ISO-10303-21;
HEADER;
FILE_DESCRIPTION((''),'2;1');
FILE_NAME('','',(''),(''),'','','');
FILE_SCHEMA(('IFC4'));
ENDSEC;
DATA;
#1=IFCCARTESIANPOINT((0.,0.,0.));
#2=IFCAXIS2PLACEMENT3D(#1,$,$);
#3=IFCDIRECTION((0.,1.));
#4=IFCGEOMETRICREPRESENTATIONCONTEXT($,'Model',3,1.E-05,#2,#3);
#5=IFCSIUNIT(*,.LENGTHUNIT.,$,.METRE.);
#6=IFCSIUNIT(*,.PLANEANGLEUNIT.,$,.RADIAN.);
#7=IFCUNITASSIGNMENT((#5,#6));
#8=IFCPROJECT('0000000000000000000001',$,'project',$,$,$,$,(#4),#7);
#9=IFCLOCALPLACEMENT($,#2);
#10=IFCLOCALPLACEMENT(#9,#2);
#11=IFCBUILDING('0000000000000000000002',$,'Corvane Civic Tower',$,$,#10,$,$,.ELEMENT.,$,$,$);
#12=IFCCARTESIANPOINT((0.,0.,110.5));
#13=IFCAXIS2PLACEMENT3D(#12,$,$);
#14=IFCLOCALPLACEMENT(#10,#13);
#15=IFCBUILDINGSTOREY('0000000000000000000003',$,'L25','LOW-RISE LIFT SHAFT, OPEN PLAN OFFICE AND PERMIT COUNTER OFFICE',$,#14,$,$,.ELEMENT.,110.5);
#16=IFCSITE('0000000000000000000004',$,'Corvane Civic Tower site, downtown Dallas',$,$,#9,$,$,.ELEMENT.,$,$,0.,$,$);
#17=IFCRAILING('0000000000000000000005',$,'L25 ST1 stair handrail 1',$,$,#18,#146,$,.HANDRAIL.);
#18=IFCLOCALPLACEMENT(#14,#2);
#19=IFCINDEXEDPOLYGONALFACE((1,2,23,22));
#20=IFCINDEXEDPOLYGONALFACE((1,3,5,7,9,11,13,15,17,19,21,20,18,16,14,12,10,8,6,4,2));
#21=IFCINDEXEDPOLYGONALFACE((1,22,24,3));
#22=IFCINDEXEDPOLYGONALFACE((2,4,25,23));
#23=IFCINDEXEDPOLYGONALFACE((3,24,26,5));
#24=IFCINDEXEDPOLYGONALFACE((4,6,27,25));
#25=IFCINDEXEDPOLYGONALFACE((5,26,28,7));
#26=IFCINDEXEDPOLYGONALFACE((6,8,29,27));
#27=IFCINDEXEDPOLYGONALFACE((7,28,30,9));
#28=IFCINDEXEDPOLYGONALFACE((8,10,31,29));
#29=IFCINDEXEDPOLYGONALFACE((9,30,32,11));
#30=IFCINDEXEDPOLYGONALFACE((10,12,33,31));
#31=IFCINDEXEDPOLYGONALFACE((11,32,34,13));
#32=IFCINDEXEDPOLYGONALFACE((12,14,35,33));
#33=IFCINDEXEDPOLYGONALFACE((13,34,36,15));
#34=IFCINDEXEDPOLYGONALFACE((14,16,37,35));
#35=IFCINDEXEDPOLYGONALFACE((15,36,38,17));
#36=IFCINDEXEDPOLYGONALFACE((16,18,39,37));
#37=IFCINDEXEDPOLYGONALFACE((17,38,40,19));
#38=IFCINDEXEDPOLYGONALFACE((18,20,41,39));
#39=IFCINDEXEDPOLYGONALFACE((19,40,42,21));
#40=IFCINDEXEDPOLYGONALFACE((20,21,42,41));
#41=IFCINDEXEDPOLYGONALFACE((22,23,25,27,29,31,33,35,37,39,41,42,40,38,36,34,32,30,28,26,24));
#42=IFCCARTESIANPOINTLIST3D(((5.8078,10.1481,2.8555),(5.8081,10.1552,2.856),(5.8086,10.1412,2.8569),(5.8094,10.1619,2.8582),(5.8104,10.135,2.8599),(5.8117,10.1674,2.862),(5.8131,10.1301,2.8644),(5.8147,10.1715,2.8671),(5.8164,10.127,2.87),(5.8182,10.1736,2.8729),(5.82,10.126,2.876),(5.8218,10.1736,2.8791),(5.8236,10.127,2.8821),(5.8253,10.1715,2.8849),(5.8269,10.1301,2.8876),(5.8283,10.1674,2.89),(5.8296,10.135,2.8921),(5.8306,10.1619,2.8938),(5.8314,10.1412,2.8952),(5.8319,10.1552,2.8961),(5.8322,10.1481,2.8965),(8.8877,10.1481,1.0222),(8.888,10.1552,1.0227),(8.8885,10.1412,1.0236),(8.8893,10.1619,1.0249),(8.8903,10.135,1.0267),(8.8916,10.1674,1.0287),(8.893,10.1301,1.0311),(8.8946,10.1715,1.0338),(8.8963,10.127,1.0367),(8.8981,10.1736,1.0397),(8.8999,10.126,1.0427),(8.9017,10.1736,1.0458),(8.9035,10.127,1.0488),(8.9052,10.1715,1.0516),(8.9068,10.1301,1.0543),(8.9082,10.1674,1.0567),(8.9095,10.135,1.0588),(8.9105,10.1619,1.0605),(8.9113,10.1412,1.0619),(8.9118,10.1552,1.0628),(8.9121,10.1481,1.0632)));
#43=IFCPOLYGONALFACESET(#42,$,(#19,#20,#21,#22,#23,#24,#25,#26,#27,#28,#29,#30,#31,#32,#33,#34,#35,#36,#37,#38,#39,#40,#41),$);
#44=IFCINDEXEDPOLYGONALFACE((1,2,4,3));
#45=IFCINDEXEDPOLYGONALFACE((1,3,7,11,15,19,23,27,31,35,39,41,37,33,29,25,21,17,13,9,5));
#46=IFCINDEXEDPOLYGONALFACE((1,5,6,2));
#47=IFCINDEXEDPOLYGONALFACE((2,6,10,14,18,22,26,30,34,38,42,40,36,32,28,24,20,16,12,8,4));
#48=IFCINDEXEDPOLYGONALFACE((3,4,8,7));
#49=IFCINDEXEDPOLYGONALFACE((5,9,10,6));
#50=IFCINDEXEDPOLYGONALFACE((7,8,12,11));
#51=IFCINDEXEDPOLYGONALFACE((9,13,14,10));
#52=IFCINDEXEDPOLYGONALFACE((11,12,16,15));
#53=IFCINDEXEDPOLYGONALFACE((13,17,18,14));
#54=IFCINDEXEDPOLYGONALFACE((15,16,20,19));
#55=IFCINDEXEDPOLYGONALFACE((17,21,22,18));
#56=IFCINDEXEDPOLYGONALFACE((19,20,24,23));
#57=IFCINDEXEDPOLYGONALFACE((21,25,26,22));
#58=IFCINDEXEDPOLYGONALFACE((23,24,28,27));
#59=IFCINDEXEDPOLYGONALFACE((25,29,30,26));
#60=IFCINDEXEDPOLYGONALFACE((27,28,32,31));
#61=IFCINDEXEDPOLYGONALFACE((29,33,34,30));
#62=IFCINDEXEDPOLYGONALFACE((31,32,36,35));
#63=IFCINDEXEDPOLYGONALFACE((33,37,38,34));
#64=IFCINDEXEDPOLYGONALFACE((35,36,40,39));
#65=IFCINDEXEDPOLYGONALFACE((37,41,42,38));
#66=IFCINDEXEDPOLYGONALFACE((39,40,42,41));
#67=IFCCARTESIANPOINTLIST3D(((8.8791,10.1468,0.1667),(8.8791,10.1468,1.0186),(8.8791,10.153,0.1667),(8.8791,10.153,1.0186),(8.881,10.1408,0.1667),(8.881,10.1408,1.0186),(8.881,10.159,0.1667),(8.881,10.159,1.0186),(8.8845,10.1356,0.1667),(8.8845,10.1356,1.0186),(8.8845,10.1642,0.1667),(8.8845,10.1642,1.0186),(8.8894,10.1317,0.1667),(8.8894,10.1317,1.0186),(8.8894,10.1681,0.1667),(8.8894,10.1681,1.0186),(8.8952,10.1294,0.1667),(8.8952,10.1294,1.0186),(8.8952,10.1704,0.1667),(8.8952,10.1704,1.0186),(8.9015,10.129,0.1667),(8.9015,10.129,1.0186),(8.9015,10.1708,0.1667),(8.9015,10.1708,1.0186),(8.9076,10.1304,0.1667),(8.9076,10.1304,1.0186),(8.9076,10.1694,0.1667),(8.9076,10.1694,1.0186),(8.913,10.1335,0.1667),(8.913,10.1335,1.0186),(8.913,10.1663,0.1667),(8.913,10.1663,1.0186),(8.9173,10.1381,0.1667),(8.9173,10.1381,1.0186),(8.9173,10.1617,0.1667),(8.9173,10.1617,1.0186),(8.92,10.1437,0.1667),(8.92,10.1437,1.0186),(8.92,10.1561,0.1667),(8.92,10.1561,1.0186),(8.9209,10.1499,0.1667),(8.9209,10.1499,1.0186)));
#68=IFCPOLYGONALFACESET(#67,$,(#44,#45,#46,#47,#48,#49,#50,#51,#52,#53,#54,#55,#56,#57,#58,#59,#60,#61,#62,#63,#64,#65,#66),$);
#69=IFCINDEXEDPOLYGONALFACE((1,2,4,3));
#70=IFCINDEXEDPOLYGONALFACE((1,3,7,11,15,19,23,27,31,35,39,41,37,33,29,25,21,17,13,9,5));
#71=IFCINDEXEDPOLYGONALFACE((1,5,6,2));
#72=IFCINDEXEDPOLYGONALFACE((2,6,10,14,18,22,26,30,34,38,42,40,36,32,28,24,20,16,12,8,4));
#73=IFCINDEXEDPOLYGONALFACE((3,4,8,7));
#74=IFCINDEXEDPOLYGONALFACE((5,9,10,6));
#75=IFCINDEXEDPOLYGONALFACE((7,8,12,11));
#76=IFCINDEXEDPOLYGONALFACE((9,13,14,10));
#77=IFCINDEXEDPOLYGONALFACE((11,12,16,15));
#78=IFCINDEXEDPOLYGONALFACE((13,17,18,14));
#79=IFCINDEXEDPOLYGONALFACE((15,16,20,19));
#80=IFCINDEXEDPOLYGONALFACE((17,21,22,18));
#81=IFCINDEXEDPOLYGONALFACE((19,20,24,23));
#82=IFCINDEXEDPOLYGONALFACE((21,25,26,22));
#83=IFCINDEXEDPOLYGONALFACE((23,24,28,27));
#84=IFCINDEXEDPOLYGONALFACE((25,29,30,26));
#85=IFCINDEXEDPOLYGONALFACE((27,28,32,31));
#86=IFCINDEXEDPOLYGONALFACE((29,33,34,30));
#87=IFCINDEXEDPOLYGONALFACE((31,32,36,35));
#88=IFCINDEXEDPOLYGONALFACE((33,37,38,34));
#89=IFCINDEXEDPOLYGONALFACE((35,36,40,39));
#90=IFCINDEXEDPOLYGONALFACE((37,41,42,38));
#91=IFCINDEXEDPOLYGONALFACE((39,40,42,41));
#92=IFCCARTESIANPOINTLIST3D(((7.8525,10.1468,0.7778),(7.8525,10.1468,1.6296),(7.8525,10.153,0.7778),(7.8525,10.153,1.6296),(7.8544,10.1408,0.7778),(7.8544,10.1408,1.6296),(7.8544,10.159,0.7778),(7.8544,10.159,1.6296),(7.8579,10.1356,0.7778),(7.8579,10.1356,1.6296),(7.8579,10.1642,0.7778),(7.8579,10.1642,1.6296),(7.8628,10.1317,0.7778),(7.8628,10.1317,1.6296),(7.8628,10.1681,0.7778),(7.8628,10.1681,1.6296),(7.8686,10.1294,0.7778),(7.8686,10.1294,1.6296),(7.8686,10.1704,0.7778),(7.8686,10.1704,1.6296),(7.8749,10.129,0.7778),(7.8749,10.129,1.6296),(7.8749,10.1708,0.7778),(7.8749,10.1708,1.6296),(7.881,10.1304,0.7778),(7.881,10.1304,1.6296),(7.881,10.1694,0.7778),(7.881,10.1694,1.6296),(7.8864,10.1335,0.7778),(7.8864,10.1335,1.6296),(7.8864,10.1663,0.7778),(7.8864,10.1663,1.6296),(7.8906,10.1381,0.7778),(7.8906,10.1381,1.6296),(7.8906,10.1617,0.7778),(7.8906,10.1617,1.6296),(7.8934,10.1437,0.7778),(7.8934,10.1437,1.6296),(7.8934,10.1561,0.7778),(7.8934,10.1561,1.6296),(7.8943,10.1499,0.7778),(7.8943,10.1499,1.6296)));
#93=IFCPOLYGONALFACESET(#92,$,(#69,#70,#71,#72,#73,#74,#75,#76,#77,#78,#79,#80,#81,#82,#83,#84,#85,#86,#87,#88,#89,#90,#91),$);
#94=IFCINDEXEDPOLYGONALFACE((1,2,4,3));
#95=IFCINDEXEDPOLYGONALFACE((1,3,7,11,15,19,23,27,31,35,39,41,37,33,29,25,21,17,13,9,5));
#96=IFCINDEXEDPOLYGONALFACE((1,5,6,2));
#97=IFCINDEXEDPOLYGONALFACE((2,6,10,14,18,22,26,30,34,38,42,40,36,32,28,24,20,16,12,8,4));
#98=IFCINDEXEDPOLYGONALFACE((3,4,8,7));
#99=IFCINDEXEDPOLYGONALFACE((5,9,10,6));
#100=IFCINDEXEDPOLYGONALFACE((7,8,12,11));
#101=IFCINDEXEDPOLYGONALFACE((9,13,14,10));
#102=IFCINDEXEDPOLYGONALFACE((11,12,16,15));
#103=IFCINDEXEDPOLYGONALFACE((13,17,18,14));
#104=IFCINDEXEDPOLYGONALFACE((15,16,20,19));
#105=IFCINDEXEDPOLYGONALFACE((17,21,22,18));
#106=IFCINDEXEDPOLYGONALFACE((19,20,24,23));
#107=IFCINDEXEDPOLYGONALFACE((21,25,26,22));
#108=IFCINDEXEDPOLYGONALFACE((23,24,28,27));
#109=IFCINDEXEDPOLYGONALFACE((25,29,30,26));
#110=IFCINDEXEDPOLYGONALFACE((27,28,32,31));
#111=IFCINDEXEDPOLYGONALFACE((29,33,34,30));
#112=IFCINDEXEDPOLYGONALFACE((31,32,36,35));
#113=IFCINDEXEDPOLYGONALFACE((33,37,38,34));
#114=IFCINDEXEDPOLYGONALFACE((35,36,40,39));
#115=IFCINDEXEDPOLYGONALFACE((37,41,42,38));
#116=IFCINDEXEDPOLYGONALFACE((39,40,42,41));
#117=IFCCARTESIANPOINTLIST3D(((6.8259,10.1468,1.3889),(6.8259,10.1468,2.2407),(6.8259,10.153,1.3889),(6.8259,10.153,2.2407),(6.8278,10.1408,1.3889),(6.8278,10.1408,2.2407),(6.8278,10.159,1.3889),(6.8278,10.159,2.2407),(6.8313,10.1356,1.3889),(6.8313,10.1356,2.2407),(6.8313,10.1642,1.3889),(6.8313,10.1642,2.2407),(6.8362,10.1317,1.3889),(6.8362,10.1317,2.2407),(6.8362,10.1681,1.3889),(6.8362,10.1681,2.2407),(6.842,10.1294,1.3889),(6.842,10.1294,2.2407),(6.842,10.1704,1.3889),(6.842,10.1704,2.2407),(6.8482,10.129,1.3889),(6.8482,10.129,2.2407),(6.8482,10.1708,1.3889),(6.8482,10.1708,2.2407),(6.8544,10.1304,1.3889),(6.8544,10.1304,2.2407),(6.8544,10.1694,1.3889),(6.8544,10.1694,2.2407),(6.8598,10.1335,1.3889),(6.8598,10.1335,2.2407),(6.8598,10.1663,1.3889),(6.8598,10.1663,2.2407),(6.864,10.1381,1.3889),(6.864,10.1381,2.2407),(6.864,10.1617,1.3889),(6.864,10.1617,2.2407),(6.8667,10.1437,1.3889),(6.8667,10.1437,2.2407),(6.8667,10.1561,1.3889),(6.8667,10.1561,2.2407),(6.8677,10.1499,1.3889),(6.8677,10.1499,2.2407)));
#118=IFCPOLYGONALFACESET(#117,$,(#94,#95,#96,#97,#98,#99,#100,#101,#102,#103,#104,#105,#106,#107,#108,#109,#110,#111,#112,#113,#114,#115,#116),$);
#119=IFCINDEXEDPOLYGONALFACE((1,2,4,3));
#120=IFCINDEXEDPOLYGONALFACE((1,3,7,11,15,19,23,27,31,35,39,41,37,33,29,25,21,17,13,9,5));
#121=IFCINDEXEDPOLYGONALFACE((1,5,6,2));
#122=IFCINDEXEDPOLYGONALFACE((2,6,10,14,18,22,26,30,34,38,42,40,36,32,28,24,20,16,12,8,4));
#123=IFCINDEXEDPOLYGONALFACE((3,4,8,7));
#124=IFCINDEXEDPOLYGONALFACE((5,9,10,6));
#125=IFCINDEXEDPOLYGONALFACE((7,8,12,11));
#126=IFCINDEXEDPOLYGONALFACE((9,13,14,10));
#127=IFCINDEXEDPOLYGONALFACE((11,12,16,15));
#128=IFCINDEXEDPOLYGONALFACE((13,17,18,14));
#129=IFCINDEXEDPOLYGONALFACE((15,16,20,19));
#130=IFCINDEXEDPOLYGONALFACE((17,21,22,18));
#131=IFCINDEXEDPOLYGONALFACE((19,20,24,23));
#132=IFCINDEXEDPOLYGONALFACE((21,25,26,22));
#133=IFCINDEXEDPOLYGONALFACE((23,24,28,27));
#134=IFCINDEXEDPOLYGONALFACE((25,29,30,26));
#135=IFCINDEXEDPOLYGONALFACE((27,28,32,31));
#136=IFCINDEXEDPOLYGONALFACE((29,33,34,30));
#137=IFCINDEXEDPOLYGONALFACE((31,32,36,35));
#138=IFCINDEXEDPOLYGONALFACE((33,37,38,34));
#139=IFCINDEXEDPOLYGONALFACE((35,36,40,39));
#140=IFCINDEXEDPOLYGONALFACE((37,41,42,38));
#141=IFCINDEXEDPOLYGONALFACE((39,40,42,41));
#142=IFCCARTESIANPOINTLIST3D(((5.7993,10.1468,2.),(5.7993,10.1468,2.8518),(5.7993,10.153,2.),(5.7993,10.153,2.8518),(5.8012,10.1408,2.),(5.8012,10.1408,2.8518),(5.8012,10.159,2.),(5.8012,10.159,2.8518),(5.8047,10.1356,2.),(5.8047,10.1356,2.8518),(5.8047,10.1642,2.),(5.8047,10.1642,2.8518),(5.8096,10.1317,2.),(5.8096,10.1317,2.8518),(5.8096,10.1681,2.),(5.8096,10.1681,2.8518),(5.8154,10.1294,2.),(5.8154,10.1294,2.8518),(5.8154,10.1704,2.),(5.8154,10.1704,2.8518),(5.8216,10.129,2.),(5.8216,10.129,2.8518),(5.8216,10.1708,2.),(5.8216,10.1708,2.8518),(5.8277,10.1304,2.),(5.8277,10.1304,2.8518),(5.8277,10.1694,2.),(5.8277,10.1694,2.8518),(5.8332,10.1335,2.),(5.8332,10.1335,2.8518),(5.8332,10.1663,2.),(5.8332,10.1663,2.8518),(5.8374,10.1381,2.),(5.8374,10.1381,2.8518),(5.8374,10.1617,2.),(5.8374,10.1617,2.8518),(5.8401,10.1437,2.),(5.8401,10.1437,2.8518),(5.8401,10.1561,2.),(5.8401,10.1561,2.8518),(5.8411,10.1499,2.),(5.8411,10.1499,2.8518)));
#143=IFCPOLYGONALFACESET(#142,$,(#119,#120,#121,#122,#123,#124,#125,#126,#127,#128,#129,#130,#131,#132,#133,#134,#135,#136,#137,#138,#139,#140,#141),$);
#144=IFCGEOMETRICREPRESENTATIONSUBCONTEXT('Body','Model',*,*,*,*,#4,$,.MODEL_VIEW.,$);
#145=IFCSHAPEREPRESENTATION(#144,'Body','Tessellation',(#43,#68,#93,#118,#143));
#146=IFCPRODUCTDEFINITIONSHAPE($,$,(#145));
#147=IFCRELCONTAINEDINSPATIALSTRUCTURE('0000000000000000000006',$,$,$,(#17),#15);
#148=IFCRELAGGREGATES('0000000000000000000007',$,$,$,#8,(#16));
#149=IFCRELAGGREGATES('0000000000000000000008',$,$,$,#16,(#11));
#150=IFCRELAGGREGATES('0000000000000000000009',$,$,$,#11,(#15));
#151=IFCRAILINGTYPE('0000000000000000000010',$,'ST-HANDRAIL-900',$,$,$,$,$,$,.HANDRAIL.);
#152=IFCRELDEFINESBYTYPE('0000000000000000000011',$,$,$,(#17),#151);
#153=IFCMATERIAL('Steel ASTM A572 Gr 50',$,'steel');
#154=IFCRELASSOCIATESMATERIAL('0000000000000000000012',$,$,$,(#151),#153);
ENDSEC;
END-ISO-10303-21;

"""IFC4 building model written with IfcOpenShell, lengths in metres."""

from ifc_helpers import new_model, si_unit, direction, frame, origin, origin_2d, place, context, subcontext, project, spatial, circle, extrude, material, type_object, element, save


model = new_model("IFC4")

# Units and contexts
model_context = context("Model", 3, precision=1e-05, world=origin(), true_north=direction((0.0, 1.0)))
body_context = subcontext(model_context, "Body", "Model", "MODEL_VIEW")
ifc_project = project(units=[si_unit("LENGTHUNIT", "METRE"), si_unit("PLANEANGLEUNIT", "RADIAN")], contexts=[model_context])

# Site, building, storey
site_placement = place(None, origin())
site = spatial("IfcSite", under=ifc_project, at=site_placement, Name="Corvane Civic Tower site, downtown Dallas", CompositionType="ELEMENT", RefElevation=0.0)
building_placement = place(site_placement, origin())
building = spatial("IfcBuilding", under=site, at=building_placement, Name="Corvane Civic Tower", CompositionType="ELEMENT")
storey_placement = place(building_placement, frame((0.0, 0.0, 110.5)))
storey = spatial("IfcBuildingStorey", under=building, at=storey_placement, Name="L25", Description="LOW-RISE LIFT SHAFT, OPEN PLAN OFFICE AND PERMIT COUNTER OFFICE", CompositionType="ELEMENT", Elevation=110.5)

# Railing
ifc_material_1 = material(Name="Steel ASTM A572 Gr 50", Category="steel")
railing_type_1 = type_object("IfcRailingType", Name="ST-HANDRAIL-900", PredefinedType="HANDRAIL", material=ifc_material_1)
railing_1_placement = place(storey_placement, frame((8.8999, 10.1499, 0.1667)))
element("IfcRailing", 1, at=railing_1_placement, inside=storey, type_object=railing_type_1, Name="L25 ST1 stair handrail 1", PredefinedType="HANDRAIL", context=body_context, shape_type="SweptSolid", body=[
    extrude(circle(Radius=0.0239, at=origin_2d()), frame((0.0, 0.0, 0.876), z_axis=(-0.859291, 0.0, 0.511487), x_axis=(0.0, -1.0, 0.0)), (0.0, 0.0, 1.0), 3.5842),
    extrude(circle(Radius=0.021, at=origin_2d()), origin(), (0.0, 0.0, 1.0), 0.8518),
    extrude(circle(Radius=0.021, at=origin_2d()), frame((-1.0266, 0.0, 0.6111)), (0.0, 0.0, 1.0), 0.8518),
    extrude(circle(Radius=0.021, at=origin_2d()), frame((-2.0532, 0.0, 1.2222)), (0.0, 0.0, 1.0), 0.8518),
    extrude(circle(Radius=0.021, at=origin_2d()), frame((-3.0798, 0.0, 1.8333)), (0.0, 0.0, 1.0), 0.8518),
])

save(model, "model.ifc")
